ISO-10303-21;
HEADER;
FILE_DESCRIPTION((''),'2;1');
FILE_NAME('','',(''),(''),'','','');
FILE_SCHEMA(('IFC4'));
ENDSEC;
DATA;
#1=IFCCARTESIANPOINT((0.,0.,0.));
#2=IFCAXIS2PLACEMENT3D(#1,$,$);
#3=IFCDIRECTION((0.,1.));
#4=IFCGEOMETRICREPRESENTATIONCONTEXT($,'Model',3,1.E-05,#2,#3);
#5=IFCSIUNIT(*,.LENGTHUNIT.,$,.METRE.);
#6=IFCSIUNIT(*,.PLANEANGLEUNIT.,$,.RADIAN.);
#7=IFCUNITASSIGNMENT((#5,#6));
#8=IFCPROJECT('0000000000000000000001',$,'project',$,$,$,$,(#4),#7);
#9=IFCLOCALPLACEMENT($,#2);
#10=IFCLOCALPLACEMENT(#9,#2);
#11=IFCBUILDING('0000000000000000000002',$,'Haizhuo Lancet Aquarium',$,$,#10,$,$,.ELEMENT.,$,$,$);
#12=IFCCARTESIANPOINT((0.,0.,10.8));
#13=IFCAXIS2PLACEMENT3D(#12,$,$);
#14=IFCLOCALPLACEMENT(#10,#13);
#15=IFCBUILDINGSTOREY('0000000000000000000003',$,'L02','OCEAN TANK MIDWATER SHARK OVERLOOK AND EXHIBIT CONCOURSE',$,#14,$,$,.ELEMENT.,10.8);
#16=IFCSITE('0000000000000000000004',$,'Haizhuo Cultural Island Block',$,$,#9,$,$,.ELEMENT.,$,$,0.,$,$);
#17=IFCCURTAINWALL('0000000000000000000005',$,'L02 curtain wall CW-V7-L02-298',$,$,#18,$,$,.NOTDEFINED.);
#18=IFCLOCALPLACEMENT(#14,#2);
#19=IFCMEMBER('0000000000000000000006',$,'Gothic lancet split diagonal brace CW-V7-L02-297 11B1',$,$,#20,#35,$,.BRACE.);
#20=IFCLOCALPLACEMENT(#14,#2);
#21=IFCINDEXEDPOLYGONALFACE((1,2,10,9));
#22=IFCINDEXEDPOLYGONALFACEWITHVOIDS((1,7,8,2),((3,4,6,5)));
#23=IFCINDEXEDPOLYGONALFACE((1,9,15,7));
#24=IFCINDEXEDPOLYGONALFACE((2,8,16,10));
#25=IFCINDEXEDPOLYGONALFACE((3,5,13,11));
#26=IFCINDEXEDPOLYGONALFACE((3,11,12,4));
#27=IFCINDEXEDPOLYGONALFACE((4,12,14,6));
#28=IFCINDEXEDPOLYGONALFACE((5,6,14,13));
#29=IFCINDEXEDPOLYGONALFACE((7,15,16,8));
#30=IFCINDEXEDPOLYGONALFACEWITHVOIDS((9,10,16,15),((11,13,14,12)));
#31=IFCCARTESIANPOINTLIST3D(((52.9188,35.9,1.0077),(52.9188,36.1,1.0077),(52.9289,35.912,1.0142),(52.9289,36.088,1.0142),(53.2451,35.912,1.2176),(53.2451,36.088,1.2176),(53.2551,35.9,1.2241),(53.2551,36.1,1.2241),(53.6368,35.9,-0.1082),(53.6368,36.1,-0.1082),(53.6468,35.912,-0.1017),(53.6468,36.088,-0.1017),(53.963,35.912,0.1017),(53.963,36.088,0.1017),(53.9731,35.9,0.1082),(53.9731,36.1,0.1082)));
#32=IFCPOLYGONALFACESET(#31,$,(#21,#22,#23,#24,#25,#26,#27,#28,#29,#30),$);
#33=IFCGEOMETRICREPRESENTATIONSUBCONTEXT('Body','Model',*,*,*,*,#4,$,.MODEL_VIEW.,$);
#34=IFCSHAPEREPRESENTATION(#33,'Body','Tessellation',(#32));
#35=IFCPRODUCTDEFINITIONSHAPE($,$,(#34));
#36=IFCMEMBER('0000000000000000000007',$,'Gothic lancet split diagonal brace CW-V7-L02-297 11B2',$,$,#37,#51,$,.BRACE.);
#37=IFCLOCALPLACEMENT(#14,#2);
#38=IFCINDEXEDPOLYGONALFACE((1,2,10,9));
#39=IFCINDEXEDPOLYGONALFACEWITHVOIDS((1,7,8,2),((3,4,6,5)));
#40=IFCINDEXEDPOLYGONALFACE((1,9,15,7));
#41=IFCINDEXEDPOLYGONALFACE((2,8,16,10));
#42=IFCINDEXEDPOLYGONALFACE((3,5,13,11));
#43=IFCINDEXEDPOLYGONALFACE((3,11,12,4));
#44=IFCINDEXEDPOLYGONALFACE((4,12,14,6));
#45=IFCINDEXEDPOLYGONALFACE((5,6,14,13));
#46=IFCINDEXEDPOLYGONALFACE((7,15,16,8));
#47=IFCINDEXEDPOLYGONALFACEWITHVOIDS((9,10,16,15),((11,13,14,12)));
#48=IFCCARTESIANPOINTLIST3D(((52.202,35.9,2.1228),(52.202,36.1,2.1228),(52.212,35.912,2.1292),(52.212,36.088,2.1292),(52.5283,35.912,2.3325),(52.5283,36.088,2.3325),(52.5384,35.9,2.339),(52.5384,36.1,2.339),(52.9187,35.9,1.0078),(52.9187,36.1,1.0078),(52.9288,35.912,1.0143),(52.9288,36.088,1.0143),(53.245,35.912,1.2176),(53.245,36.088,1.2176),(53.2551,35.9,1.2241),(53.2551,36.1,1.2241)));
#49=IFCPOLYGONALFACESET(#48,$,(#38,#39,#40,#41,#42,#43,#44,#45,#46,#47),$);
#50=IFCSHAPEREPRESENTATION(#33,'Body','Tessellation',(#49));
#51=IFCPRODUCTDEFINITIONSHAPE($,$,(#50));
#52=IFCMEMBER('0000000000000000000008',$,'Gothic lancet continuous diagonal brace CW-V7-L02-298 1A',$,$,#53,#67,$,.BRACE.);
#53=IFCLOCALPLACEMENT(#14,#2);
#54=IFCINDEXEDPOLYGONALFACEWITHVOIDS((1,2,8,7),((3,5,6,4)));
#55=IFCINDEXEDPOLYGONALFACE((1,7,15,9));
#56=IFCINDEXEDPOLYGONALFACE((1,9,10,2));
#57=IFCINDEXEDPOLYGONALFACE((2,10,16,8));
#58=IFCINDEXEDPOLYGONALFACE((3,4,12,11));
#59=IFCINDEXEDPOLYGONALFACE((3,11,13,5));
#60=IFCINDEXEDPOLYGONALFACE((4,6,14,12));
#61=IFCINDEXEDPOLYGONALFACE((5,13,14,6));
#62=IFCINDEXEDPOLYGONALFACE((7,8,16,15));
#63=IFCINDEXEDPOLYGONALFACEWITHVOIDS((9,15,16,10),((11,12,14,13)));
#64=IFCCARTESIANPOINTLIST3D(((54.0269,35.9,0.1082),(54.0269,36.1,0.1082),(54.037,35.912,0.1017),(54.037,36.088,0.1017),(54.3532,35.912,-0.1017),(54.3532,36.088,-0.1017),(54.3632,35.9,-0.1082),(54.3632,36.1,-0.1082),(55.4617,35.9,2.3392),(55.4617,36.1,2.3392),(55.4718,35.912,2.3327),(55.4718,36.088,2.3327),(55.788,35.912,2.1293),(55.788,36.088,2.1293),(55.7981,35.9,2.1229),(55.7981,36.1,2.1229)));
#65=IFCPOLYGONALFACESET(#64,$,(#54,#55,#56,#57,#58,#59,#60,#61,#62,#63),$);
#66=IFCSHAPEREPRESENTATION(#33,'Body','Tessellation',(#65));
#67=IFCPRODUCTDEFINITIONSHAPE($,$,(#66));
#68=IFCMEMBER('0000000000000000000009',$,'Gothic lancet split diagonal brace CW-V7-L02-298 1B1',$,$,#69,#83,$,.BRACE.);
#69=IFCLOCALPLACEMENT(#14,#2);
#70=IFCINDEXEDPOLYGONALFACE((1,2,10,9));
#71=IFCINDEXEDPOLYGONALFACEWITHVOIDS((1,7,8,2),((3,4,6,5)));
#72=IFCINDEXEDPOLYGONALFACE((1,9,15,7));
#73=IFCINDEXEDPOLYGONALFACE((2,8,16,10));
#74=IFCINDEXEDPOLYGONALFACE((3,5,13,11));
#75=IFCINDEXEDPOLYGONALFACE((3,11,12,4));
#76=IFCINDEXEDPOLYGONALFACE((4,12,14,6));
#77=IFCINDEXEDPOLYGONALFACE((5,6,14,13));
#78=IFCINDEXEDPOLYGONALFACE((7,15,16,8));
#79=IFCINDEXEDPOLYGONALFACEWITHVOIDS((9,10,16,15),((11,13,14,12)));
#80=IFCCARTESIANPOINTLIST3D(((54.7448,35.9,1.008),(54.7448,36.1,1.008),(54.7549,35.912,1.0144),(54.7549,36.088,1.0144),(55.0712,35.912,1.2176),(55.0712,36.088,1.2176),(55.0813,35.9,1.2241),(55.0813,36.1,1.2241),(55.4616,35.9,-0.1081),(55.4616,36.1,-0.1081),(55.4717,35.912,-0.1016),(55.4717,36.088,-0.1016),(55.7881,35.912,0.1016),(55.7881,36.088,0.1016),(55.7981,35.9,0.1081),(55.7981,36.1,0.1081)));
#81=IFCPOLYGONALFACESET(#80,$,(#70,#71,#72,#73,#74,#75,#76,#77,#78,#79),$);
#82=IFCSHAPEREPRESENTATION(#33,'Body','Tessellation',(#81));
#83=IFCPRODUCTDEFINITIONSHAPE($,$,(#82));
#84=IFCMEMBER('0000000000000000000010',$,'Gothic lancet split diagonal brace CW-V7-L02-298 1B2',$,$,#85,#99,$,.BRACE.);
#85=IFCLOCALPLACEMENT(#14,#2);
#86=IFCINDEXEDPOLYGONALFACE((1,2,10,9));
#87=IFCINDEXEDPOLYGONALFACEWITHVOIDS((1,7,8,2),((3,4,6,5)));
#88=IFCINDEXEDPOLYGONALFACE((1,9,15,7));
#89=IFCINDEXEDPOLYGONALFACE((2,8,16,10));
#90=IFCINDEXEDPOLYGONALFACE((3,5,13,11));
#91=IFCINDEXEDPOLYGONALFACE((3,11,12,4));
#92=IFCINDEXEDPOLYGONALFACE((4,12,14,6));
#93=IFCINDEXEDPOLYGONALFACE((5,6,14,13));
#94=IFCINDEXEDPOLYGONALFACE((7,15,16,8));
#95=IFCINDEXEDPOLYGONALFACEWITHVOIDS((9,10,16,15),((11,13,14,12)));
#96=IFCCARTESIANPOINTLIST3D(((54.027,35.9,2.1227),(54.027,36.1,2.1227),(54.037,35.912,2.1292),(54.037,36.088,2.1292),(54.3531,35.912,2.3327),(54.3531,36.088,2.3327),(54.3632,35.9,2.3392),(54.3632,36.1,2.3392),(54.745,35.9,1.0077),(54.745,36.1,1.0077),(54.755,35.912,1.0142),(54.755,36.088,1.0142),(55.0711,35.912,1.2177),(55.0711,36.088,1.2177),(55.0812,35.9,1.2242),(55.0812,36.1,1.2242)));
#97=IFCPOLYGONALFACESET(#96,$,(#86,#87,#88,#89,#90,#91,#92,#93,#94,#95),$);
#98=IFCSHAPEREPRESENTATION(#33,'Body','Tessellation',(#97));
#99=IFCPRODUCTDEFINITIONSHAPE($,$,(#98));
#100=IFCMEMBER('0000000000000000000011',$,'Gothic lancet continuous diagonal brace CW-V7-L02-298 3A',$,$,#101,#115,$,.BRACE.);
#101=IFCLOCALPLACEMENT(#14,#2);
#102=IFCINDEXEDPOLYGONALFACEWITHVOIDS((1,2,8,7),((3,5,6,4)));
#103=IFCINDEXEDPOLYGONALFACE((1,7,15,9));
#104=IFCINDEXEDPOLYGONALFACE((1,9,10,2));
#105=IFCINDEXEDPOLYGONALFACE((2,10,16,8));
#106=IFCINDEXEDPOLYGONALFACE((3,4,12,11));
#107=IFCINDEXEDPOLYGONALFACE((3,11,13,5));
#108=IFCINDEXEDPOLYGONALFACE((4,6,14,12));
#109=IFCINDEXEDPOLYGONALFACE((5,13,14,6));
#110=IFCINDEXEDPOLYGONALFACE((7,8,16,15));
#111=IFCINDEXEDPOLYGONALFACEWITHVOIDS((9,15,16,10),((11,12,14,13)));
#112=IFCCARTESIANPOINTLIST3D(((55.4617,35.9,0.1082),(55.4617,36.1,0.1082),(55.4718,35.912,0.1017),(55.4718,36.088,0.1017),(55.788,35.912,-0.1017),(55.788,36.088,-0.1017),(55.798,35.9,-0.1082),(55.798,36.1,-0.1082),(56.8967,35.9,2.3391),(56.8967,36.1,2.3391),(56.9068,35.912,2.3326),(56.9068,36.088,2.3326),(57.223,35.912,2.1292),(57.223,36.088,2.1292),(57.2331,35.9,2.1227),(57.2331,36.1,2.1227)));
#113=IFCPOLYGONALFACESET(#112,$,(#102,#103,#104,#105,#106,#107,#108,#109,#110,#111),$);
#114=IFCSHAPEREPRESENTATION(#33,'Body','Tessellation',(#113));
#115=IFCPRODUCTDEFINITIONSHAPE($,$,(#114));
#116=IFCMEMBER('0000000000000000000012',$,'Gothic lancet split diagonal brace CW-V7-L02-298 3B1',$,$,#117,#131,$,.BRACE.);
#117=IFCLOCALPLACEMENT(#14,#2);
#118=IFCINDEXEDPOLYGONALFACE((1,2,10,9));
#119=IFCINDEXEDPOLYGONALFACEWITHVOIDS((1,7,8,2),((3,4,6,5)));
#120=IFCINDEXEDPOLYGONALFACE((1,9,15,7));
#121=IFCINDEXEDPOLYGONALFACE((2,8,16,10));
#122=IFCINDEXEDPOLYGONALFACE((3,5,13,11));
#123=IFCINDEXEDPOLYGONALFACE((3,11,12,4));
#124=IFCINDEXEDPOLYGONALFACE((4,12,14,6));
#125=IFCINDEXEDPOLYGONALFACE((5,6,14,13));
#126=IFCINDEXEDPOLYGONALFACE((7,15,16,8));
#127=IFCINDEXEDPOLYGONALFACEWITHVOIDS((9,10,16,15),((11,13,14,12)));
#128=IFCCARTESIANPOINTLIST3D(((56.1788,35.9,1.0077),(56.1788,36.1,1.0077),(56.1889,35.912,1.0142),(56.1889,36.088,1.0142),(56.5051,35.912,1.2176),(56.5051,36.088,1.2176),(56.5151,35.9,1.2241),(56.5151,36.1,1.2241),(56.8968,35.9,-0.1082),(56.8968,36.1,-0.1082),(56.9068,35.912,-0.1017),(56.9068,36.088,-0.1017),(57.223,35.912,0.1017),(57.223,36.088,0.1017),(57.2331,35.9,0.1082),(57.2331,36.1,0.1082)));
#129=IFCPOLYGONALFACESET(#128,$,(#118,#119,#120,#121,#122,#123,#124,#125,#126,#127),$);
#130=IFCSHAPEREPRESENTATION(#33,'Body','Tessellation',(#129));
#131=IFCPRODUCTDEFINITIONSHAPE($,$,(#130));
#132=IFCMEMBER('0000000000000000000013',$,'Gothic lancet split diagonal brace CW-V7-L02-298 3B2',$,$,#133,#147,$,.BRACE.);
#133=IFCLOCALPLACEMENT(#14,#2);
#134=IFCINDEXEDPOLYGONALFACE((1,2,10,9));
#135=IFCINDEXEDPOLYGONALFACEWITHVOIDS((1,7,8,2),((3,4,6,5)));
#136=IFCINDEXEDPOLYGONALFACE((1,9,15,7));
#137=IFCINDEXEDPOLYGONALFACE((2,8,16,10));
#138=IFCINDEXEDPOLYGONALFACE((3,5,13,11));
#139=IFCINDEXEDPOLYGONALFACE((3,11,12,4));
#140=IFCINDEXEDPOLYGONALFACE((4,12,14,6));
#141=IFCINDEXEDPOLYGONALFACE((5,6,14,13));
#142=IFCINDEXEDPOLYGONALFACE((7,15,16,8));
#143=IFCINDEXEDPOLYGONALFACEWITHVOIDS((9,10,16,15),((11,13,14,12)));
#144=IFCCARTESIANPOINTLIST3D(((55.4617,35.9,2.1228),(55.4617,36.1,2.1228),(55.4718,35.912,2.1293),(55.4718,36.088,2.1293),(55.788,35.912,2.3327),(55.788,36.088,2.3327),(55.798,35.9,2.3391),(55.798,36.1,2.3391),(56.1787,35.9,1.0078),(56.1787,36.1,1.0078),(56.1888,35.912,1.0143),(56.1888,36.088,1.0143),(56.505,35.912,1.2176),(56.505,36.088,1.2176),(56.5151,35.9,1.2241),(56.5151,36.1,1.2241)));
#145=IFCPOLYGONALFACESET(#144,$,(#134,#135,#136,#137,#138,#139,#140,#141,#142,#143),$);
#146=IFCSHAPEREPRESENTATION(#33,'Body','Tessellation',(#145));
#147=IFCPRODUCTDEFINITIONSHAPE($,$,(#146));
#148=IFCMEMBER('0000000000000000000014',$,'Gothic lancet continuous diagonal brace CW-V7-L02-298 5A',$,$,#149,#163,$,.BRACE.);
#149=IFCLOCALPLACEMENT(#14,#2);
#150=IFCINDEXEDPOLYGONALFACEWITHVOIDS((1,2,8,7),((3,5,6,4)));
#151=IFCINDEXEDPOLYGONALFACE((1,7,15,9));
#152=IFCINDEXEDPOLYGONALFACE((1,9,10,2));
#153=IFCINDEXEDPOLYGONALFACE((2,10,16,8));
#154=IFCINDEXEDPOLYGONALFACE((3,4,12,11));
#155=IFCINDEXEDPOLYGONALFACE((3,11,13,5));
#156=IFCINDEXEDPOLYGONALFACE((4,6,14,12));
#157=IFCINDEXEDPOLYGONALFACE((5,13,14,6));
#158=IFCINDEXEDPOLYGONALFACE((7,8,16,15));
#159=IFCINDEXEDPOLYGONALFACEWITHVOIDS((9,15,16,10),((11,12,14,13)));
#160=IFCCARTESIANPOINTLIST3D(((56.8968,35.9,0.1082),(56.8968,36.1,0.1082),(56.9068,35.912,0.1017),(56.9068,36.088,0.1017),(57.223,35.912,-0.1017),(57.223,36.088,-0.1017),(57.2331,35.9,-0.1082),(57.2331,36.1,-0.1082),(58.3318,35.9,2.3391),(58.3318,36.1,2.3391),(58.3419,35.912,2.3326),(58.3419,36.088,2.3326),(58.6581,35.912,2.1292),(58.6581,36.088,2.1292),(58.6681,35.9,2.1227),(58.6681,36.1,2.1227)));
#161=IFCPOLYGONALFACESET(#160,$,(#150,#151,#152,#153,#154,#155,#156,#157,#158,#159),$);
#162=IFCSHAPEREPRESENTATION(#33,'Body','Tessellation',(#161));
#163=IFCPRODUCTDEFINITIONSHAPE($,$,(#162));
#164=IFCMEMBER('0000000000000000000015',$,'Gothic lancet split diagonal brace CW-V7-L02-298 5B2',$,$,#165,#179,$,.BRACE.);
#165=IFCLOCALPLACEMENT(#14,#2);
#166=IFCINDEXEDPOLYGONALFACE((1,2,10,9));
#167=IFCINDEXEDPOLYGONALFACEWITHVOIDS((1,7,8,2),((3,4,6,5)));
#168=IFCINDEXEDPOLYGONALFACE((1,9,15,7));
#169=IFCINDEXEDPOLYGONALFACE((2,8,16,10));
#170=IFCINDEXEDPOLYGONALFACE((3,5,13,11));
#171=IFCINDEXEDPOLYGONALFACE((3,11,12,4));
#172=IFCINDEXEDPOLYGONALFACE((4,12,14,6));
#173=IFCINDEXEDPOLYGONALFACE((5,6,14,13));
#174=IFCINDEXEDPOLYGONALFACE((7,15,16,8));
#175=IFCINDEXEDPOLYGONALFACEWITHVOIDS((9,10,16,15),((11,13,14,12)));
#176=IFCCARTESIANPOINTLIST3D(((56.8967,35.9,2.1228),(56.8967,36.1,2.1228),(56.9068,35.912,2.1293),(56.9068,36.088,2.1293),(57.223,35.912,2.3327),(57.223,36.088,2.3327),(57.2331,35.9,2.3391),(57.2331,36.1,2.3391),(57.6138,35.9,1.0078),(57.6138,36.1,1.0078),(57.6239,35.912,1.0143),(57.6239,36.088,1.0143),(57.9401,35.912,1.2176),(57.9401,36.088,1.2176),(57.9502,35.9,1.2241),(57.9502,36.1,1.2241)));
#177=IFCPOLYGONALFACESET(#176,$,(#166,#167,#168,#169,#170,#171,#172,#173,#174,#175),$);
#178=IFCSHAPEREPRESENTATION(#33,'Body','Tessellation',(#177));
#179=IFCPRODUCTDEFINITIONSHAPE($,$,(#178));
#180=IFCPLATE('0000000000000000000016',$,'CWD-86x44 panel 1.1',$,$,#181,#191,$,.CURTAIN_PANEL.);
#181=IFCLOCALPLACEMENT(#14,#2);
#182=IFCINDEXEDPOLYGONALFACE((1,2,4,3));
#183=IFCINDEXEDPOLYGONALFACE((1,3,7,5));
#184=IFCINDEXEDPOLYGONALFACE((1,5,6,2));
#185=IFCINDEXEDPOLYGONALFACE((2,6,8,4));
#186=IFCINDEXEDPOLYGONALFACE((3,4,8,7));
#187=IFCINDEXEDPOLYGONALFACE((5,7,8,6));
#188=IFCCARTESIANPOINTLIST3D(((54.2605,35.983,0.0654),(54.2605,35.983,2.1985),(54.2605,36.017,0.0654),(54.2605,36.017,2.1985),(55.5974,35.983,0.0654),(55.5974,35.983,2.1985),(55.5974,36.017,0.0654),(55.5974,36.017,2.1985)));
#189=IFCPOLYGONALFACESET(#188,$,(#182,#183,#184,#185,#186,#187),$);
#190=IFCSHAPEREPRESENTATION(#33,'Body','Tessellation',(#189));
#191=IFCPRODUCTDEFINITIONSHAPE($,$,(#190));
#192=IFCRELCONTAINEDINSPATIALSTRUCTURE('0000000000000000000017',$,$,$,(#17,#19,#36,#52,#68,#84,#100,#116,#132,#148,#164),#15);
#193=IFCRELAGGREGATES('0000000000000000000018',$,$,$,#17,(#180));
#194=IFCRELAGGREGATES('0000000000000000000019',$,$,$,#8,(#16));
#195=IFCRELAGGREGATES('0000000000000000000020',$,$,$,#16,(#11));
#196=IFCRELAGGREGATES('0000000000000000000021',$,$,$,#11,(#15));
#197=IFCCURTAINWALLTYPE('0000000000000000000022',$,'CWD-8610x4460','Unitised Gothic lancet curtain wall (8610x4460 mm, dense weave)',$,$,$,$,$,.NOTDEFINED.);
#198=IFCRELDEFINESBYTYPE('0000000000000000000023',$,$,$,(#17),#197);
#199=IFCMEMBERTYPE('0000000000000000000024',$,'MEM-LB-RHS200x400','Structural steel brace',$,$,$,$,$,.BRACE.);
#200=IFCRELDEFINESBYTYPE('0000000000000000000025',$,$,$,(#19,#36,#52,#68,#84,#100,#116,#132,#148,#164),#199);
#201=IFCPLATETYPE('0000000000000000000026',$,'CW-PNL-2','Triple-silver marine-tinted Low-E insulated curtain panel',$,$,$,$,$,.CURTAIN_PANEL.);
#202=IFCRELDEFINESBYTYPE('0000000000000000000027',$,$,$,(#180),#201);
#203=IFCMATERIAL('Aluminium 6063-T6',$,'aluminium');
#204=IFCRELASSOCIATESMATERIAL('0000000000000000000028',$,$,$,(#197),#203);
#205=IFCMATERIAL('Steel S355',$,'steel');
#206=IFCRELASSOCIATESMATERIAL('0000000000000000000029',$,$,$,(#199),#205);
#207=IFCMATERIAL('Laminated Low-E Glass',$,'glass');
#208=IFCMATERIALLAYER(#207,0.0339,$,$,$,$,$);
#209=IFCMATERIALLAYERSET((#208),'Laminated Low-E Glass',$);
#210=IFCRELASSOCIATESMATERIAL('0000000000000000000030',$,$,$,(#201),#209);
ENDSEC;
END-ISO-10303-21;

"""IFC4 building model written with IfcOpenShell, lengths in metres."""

from ifc_helpers import new_model, si_unit, direction, frame, origin, origin_2d, place, context, subcontext, project, spatial, rectangle, hollow_rectangle, extrude, material, layer, layer_set, material_profile, profile_set, type_object, element, aggregate, save


model = new_model("IFC4")

# Units and contexts
model_context = context("Model", 3, precision=1e-05, world=origin(), true_north=direction((0.0, 1.0)))
body_context = subcontext(model_context, "Body", "Model", "MODEL_VIEW")
ifc_project = project(units=[si_unit("LENGTHUNIT", "METRE"), si_unit("PLANEANGLEUNIT", "RADIAN")], contexts=[model_context])

# Site, building, storey
site_placement = place(None, origin())
site = spatial("IfcSite", under=ifc_project, at=site_placement, Name="Haizhuo Cultural Island Block", CompositionType="ELEMENT", RefElevation=0.0)
building_placement = place(site_placement, origin())
building = spatial("IfcBuilding", under=site, at=building_placement, Name="Haizhuo Lancet Aquarium", CompositionType="ELEMENT")
storey_placement = place(building_placement, frame((0.0, 0.0, 10.8)))
storey = spatial("IfcBuildingStorey", under=building, at=storey_placement, Name="L02", Description="OCEAN TANK MIDWATER SHARK OVERLOOK AND EXHIBIT CONCOURSE", CompositionType="ELEMENT", Elevation=10.8)

# Shared definitions
ifc_material_1 = material(Name="Steel S355", Category="steel")

# Curtain wall
ifc_material_2 = material(Name="Aluminium 6063-T6", Category="aluminium")
curtain_wall_type = type_object("IfcCurtainWallType", Name="CWD-8610x4460", Description="Unitised Gothic lancet curtain wall (8610x4460 mm, dense weave)", PredefinedType="NOTDEFINED", material=ifc_material_2)
curtain_wall_1_placement = place(storey_placement, origin())
curtain_wall_1 = element("IfcCurtainWall", 1, at=curtain_wall_1_placement, inside=storey, type_object=curtain_wall_type, Name="L02 curtain wall CW-V7-L02-298", PredefinedType="NOTDEFINED")

# Members
ifc_material_profile_1 = material_profile(ifc_material_1, hollow_rectangle(XDim=0.2, YDim=0.3999, WallThickness=0.012, at=origin_2d()), Name="RHS 200x400x12")
ifc_profile_set_1 = profile_set([ifc_material_profile_1], Name="Steel S355")
member_type_1 = type_object("IfcMemberType", Name="MEM-LB-RHS200x400", Description="Structural steel brace", PredefinedType="BRACE", material=ifc_profile_set_1)
member_1_placement = place(storey_placement, frame((53.8049, 36.0, 0.0), z_axis=(-0.541083, 0.0, 0.840969), x_axis=(0.0, -1.0, 0.0)))
element("IfcMember", 2, at=member_1_placement, inside=storey, type_object=member_type_1, Name="Gothic lancet split diagonal brace CW-V7-L02-297 11B1", PredefinedType="BRACE", context=body_context, shape_type="SweptSolid", body=[
    extrude(hollow_rectangle(XDim=0.2, YDim=0.3999, WallThickness=0.012, at=origin_2d()), origin(), (0.0, 0.0, 1.0), 1.3269),
])
member_2_placement = place(storey_placement, frame((53.0869, 36.0, 1.116), z_axis=(-0.540767, 0.0, 0.841172), x_axis=(0.0, -1.0, 0.0)))
element("IfcMember", 3, at=member_2_placement, inside=storey, type_object=member_type_1, Name="Gothic lancet split diagonal brace CW-V7-L02-297 11B2", PredefinedType="BRACE", context=body_context, shape_type="SweptSolid", body=[
    extrude(hollow_rectangle(XDim=0.2, YDim=0.3999, WallThickness=0.012, at=origin_2d()), origin(), (0.0, 0.0, 1.0), 1.3254),
])
member_3_placement = place(storey_placement, frame((54.1951, 36.0, 0.0), z_axis=(0.540925, 0.0, 0.841071), x_axis=(0.0, 1.0, 0.0)))
element("IfcMember", 4, at=member_3_placement, inside=storey, type_object=member_type_1, Name="Gothic lancet continuous diagonal brace CW-V7-L02-298 1A", PredefinedType="BRACE", context=body_context, shape_type="SweptSolid", body=[
    extrude(hollow_rectangle(XDim=0.2, YDim=0.3999, WallThickness=0.012, at=origin_2d()), origin(), (0.0, 0.0, 1.0), 2.6526),
])
member_4_placement = place(storey_placement, frame((55.6299, 36.0, 0.0), z_axis=(-0.540432, 0.0, 0.841388), x_axis=(0.0, -1.0, 0.0)))
element("IfcMember", 5, at=member_4_placement, inside=storey, type_object=member_type_1, Name="Gothic lancet split diagonal brace CW-V7-L02-298 1B1", PredefinedType="BRACE", context=body_context, shape_type="SweptSolid", body=[
    extrude(hollow_rectangle(XDim=0.2, YDim=0.3999, WallThickness=0.012, at=origin_2d()), origin(), (0.0, 0.0, 1.0), 1.3264),
])
member_5_placement = place(storey_placement, frame((54.9131, 36.0, 1.116), z_axis=(-0.541418, 0.0, 0.840754), x_axis=(0.0, -1.0, 0.0)))
element("IfcMember", 6, at=member_5_placement, inside=storey, type_object=member_type_1, Name="Gothic lancet split diagonal brace CW-V7-L02-298 1B2", PredefinedType="BRACE", context=body_context, shape_type="SweptSolid", body=[
    extrude(hollow_rectangle(XDim=0.2, YDim=0.3999, WallThickness=0.012, at=origin_2d()), origin(), (0.0, 0.0, 1.0), 1.3262),
])
member_6_placement = place(storey_placement, frame((55.6299, 36.0, 0.0), z_axis=(0.54099, 0.0, 0.841029), x_axis=(0.0, 1.0, 0.0)))
element("IfcMember", 7, at=member_6_placement, inside=storey, type_object=member_type_1, Name="Gothic lancet continuous diagonal brace CW-V7-L02-298 3A", PredefinedType="BRACE", context=body_context, shape_type="SweptSolid", body=[
    extrude(hollow_rectangle(XDim=0.2, YDim=0.3999, WallThickness=0.012, at=origin_2d()), origin(), (0.0, 0.0, 1.0), 2.6526),
])
member_7_placement = place(storey_placement, frame((57.0649, 36.0, 0.0), z_axis=(-0.541083, 0.0, 0.840969), x_axis=(0.0, -1.0, 0.0)))
element("IfcMember", 8, at=member_7_placement, inside=storey, type_object=member_type_1, Name="Gothic lancet split diagonal brace CW-V7-L02-298 3B1", PredefinedType="BRACE", context=body_context, shape_type="SweptSolid", body=[
    extrude(hollow_rectangle(XDim=0.2, YDim=0.3999, WallThickness=0.012, at=origin_2d()), origin(), (0.0, 0.0, 1.0), 1.3269),
])
member_8_placement = place(storey_placement, frame((56.3469, 36.0, 1.116), z_axis=(-0.540897, 0.0, 0.841089), x_axis=(0.0, -1.0, 0.0)))
element("IfcMember", 9, at=member_8_placement, inside=storey, type_object=member_type_1, Name="Gothic lancet split diagonal brace CW-V7-L02-298 3B2", PredefinedType="BRACE", context=body_context, shape_type="SweptSolid", body=[
    extrude(hollow_rectangle(XDim=0.2, YDim=0.3999, WallThickness=0.012, at=origin_2d()), origin(), (0.0, 0.0, 1.0), 1.3257),
])
member_9_placement = place(storey_placement, frame((57.0649, 36.0, 0.0), z_axis=(0.54099, 0.0, 0.841029), x_axis=(0.0, 1.0, 0.0)))
element("IfcMember", 10, at=member_9_placement, inside=storey, type_object=member_type_1, Name="Gothic lancet continuous diagonal brace CW-V7-L02-298 5A", PredefinedType="BRACE", context=body_context, shape_type="SweptSolid", body=[
    extrude(hollow_rectangle(XDim=0.2, YDim=0.3999, WallThickness=0.012, at=origin_2d()), origin(), (0.0, 0.0, 1.0), 2.6526),
])
member_10_placement = place(storey_placement, frame((57.782, 36.0, 1.116), z_axis=(-0.540897, 0.0, 0.841089), x_axis=(0.0, -1.0, 0.0)))
element("IfcMember", 11, at=member_10_placement, inside=storey, type_object=member_type_1, Name="Gothic lancet split diagonal brace CW-V7-L02-298 5B2", PredefinedType="BRACE", context=body_context, shape_type="SweptSolid", body=[
    extrude(hollow_rectangle(XDim=0.2, YDim=0.3999, WallThickness=0.012, at=origin_2d()), origin(), (0.0, 0.0, 1.0), 1.3257),
])

# Plate
ifc_material_3 = material(Name="Laminated Low-E Glass", Category="glass")
ifc_layer = layer(ifc_material_3, 0.0339)
ifc_layer_set = layer_set([ifc_layer], Name="Laminated Low-E Glass")
plate_type = type_object("IfcPlateType", Name="CW-PNL-2", Description="Triple-silver marine-tinted Low-E insulated curtain panel", PredefinedType="CURTAIN_PANEL", material=ifc_layer_set)
plate_1_placement = place(storey_placement, frame((54.929, 36.0, 0.0654), z_axis=(0.0, 0.0, 1.0), x_axis=(1.0, 0.0, 0.0)))
plate_1 = element("IfcPlate", 12, at=plate_1_placement, type_object=plate_type, Name="CWD-86x44 panel 1.1", PredefinedType="CURTAIN_PANEL", context=body_context, shape_type="SweptSolid", body=[
    extrude(rectangle(XDim=1.3369, YDim=0.0339, at=origin_2d()), origin(), (0.0, 0.0, 1.0), 2.1331),
])
aggregate(curtain_wall_1, [plate_1])

save(model, "model.ifc")
